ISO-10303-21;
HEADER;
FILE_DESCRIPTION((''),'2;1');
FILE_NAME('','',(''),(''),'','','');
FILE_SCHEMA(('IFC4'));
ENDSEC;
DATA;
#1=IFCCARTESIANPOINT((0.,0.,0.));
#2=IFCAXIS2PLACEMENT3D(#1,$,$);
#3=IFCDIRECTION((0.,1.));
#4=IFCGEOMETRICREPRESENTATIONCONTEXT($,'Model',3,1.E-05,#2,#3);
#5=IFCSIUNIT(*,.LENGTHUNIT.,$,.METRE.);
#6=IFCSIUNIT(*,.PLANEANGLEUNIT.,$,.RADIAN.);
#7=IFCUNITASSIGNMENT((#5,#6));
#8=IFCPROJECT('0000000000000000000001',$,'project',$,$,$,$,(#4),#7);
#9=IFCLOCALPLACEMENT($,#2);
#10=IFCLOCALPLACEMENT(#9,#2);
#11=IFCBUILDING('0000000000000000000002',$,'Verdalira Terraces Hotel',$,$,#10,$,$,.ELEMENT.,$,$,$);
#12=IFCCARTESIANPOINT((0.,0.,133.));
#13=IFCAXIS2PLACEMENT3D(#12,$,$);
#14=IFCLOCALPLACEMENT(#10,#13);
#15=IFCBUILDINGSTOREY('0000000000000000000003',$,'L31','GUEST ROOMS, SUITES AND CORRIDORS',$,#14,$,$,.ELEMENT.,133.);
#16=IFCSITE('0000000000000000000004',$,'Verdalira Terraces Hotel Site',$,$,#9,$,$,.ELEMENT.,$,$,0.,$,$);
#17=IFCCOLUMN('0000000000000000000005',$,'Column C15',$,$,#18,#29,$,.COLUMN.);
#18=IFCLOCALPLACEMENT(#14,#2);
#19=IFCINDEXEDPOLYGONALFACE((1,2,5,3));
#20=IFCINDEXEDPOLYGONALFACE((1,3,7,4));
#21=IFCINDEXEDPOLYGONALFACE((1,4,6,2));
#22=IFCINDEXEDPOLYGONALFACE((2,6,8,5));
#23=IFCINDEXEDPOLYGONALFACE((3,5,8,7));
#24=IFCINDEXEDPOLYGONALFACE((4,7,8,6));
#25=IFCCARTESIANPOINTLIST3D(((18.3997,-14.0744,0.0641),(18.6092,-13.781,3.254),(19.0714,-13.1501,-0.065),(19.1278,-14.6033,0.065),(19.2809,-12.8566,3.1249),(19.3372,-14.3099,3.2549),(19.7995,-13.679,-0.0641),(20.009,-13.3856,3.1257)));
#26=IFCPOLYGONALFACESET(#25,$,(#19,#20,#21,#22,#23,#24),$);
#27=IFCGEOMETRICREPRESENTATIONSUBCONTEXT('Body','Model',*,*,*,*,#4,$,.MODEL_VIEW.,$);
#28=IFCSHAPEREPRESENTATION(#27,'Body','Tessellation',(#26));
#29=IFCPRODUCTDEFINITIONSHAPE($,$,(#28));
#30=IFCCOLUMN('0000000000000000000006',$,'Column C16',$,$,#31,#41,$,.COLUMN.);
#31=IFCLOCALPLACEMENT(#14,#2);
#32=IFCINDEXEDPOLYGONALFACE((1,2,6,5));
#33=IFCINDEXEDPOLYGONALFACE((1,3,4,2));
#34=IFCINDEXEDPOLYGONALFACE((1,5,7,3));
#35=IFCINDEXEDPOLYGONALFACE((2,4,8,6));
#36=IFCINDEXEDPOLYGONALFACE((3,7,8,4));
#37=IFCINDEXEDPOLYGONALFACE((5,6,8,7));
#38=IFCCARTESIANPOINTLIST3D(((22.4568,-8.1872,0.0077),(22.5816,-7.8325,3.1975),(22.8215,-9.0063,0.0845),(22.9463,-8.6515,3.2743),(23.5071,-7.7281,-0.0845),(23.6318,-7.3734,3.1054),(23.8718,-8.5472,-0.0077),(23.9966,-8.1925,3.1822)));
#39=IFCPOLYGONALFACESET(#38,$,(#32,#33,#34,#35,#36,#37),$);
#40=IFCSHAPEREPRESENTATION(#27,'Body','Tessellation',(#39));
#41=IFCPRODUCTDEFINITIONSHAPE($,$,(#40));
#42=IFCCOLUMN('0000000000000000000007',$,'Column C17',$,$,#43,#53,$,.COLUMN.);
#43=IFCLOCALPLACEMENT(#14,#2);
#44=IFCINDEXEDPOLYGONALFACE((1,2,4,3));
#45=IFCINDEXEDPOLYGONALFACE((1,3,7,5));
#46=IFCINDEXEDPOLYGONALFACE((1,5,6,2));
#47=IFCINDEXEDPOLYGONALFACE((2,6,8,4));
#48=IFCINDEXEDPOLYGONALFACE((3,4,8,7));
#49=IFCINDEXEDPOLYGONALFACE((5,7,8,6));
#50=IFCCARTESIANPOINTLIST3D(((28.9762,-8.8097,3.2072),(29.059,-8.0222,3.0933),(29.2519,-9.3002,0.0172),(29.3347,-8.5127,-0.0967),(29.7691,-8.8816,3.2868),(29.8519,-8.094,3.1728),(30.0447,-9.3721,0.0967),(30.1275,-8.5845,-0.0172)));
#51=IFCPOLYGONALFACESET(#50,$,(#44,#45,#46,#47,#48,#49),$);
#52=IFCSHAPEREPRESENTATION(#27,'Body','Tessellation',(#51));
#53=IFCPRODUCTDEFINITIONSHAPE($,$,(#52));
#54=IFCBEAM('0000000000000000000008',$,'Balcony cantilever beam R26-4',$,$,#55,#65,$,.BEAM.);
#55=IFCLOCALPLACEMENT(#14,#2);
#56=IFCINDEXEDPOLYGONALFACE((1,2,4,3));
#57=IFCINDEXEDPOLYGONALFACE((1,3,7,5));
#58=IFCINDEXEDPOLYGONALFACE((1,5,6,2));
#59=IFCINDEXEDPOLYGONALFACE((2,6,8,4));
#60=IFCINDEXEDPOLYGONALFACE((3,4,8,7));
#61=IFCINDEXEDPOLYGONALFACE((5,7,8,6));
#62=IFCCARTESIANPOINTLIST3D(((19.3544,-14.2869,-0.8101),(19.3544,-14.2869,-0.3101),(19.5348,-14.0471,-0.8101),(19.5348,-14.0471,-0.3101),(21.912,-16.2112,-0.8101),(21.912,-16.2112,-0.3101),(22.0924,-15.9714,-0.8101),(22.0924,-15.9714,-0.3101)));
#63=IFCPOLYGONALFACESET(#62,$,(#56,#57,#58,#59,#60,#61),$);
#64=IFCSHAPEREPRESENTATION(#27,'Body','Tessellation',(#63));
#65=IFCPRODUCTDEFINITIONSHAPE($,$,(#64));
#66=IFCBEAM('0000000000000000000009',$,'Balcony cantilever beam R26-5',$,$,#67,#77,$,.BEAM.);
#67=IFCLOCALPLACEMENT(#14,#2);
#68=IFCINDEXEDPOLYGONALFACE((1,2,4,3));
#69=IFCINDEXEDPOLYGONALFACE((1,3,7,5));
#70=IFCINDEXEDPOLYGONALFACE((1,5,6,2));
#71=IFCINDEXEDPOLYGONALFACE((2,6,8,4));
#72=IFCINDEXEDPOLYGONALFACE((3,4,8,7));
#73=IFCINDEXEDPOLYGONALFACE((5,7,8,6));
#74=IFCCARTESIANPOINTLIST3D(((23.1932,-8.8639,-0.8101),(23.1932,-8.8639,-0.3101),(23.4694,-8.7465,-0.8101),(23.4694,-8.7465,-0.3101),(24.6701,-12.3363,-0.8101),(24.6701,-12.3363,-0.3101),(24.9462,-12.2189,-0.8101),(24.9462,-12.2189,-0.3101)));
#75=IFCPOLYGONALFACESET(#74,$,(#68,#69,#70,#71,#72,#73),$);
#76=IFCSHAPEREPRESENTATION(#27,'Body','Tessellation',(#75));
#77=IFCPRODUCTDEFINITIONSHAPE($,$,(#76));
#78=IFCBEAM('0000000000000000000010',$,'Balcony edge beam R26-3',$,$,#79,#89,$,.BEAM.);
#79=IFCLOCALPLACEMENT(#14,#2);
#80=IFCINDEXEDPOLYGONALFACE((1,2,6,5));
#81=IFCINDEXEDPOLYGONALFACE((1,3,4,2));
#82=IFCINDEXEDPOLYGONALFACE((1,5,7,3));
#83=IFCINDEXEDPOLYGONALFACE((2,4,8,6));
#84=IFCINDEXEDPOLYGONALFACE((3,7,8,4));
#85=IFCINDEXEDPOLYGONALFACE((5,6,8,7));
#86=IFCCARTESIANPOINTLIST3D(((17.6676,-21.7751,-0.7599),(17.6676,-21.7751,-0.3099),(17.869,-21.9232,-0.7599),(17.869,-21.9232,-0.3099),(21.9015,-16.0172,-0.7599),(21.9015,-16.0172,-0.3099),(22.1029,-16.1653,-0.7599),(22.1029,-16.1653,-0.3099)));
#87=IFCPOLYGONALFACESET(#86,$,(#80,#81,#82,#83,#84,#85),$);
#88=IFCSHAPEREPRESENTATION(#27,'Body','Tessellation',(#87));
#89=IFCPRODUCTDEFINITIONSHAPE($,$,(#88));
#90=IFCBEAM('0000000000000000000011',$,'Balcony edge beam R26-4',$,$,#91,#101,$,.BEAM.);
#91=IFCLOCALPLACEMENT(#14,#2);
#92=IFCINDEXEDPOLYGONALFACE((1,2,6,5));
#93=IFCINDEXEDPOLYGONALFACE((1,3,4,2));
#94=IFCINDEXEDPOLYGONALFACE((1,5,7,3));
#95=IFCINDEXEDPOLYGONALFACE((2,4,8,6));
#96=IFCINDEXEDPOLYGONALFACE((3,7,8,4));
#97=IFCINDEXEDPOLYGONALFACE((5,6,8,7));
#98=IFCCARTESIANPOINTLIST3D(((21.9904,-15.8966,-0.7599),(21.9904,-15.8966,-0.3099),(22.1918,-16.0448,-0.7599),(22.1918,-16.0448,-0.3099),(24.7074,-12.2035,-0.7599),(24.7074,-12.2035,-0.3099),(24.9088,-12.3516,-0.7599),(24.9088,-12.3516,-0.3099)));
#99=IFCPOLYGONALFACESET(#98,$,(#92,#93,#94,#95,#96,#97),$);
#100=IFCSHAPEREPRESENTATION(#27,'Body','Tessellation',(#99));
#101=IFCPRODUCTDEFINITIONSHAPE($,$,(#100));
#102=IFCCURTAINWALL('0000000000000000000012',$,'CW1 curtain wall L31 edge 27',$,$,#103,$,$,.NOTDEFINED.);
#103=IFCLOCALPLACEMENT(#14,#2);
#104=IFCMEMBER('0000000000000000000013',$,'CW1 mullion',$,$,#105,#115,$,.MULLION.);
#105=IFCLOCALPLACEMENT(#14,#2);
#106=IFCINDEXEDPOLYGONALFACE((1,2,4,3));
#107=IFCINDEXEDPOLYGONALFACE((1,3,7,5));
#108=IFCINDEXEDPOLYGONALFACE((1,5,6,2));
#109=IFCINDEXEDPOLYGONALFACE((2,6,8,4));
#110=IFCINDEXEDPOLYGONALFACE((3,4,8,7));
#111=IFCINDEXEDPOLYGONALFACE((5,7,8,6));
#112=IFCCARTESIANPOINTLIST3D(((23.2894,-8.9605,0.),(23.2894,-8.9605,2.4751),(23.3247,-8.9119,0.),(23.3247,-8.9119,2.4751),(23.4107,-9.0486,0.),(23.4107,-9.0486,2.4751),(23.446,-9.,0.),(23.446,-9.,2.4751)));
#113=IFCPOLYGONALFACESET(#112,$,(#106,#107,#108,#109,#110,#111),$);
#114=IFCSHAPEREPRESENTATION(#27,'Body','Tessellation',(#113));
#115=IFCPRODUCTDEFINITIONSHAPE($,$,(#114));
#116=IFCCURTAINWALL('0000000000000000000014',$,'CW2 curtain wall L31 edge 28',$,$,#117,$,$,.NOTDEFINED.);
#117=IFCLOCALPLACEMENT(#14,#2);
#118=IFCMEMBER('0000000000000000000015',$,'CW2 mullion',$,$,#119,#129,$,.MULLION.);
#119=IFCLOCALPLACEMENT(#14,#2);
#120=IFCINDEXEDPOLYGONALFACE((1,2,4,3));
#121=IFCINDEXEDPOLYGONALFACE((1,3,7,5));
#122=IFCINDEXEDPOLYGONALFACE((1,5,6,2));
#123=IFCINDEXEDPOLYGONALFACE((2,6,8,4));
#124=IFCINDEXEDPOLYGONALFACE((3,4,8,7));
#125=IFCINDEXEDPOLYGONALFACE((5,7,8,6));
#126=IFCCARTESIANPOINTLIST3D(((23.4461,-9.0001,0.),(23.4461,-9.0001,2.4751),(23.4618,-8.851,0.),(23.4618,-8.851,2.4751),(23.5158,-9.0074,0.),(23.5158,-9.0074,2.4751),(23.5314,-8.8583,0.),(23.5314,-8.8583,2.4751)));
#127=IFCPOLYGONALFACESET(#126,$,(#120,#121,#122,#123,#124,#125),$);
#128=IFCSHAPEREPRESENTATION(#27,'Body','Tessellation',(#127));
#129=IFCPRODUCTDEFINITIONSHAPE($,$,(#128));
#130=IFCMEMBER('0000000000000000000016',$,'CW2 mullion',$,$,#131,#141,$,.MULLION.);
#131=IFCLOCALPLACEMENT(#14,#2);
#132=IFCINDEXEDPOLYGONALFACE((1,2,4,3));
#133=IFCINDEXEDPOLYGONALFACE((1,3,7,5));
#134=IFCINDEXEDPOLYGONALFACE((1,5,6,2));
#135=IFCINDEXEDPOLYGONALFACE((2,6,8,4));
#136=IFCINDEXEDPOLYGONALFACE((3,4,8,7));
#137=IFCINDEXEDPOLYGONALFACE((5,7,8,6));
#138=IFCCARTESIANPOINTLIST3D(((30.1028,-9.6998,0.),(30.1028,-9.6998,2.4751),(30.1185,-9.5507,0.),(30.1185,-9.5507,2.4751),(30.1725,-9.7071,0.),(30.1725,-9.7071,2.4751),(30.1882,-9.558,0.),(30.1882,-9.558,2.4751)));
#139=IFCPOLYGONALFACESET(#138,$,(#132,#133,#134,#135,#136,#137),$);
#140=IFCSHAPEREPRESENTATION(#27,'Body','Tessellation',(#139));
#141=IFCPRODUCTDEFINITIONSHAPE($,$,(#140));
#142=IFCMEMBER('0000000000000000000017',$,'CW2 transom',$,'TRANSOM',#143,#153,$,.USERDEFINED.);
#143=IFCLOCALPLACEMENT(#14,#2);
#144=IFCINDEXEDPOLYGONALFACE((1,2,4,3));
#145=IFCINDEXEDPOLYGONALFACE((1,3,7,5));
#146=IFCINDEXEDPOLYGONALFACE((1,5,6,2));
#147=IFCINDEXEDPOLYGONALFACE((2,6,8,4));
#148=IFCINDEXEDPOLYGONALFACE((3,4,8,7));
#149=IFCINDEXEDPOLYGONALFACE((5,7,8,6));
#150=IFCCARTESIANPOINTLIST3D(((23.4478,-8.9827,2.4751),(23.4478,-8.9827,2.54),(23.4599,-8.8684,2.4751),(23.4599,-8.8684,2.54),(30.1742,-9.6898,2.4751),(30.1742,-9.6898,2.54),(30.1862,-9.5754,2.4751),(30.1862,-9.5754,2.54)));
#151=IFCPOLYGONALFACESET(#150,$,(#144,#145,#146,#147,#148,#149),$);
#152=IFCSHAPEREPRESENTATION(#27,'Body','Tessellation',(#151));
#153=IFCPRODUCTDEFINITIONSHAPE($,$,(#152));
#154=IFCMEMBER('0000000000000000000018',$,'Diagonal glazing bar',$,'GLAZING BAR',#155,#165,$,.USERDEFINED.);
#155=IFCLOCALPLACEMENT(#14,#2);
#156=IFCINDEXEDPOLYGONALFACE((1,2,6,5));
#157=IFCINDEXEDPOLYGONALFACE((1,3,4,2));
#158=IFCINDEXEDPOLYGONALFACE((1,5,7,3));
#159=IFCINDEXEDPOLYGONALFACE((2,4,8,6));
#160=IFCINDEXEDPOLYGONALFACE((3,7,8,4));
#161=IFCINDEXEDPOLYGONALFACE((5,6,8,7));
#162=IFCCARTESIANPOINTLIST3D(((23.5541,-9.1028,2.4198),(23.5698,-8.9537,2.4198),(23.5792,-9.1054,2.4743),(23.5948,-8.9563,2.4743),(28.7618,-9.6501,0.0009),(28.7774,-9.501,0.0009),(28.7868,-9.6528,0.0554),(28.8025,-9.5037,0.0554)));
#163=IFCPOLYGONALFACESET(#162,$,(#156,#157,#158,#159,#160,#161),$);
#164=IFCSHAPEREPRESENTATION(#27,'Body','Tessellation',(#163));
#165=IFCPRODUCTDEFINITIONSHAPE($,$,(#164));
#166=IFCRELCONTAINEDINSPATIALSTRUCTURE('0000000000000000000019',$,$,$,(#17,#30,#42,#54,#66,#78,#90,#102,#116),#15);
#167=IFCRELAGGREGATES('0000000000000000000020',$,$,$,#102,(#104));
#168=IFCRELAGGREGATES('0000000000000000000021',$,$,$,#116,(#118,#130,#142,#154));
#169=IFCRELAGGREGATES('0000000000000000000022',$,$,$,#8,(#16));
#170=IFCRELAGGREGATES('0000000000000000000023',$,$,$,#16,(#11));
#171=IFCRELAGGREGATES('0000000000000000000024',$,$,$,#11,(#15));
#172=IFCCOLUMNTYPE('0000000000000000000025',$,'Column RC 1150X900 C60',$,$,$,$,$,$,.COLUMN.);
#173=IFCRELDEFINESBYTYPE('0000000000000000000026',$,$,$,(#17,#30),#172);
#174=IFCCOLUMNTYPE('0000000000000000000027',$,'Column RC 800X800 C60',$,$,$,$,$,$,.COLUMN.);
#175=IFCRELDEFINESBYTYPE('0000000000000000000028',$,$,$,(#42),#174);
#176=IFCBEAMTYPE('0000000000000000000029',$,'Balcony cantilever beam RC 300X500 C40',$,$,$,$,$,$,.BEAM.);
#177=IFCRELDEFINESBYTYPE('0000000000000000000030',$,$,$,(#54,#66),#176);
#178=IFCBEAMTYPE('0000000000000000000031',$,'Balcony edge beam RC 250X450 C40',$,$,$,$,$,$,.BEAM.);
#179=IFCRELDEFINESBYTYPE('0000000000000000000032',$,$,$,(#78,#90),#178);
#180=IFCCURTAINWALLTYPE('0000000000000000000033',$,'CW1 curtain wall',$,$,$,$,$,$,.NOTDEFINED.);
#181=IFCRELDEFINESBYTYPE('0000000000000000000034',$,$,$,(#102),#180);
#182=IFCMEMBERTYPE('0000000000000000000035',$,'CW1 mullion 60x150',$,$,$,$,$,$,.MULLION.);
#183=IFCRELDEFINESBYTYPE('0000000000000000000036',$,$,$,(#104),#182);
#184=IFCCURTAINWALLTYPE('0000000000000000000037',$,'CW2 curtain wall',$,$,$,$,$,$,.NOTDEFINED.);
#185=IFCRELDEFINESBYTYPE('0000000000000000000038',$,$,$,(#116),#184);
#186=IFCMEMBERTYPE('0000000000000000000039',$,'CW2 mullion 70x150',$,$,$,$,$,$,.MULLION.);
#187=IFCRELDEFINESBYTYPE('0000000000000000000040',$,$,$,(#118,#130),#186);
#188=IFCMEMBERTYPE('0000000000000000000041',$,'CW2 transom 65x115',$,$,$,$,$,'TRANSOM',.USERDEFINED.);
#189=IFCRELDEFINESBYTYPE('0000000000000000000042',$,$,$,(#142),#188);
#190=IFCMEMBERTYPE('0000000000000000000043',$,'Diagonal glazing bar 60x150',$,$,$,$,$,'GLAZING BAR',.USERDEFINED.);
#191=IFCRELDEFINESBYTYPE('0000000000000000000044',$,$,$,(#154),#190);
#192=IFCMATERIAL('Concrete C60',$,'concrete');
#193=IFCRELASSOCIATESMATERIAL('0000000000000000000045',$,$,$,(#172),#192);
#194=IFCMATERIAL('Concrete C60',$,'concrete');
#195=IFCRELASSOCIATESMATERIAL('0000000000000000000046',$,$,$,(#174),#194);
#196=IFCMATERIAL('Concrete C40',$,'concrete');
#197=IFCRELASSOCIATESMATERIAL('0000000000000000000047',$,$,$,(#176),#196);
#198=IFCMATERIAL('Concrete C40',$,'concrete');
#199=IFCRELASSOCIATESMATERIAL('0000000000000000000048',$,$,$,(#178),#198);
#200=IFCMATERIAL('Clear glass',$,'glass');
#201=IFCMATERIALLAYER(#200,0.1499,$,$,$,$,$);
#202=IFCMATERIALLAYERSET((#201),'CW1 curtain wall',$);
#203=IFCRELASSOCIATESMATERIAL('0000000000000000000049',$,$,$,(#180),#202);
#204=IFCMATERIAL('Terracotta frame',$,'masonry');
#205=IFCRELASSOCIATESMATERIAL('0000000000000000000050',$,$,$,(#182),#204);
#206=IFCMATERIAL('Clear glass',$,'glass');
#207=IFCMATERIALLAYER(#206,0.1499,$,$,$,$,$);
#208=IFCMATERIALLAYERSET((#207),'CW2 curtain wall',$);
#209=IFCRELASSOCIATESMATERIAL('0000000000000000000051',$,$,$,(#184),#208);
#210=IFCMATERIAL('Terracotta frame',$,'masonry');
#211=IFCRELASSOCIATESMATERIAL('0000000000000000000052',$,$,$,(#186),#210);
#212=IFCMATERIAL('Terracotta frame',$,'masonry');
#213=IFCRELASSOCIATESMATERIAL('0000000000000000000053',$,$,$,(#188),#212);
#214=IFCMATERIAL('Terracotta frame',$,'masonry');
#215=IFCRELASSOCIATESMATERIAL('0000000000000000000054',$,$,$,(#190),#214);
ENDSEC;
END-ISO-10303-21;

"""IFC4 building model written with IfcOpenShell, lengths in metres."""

from ifc_helpers import new_model, si_unit, direction, frame, origin, origin_2d, place, context, subcontext, project, spatial, rectangle, extrude, material, layer, layer_set, material_profile, profile_set, type_object, element, aggregate, save


model = new_model("IFC4")

# Units and contexts
model_context = context("Model", 3, precision=1e-05, world=origin(), true_north=direction((0.0, 1.0)))
body_context = subcontext(model_context, "Body", "Model", "MODEL_VIEW")
ifc_project = project(units=[si_unit("LENGTHUNIT", "METRE"), si_unit("PLANEANGLEUNIT", "RADIAN")], contexts=[model_context])

# Site, building, storey
site_placement = place(None, origin())
site = spatial("IfcSite", under=ifc_project, at=site_placement, Name="Verdalira Terraces Hotel Site", CompositionType="ELEMENT", RefElevation=0.0)
building_placement = place(site_placement, origin())
building = spatial("IfcBuilding", under=site, at=building_placement, Name="Verdalira Terraces Hotel", CompositionType="ELEMENT")
storey_placement = place(building_placement, frame((0.0, 0.0, 133.0)))
storey = spatial("IfcBuildingStorey", under=building, at=storey_placement, Name="L31", Description="GUEST ROOMS, SUITES AND CORRIDORS", CompositionType="ELEMENT", Elevation=133.0)

# Columns
ifc_material_1 = material(Name="Concrete C60", Category="concrete")
ifc_material_profile_1 = material_profile(ifc_material_1, rectangle(XDim=1.1499, YDim=0.8999, at=origin_2d()), Name="RC 1150X900")
ifc_profile_set_1 = profile_set([ifc_material_profile_1], Name="Concrete C60")
column_type_1 = type_object("IfcColumnType", Name="Column RC 1150X900 C60", PredefinedType="COLUMN", material=ifc_profile_set_1)
column_1_placement = place(storey_placement, frame((19.0996, -13.8767, 0.0), z_axis=(0.065251, 0.091412, 0.993673), x_axis=(0.584148, 0.803839, -0.112308)))
element("IfcColumn", 1, at=column_1_placement, inside=storey, type_object=column_type_1, Name="Column C15", PredefinedType="COLUMN", context=body_context, shape_type="SweptSolid", body=[
    extrude(rectangle(XDim=1.1499, YDim=0.8999, at=origin_2d()), origin(), (0.0, 0.0, 1.0), 3.2102),
])
column_2_placement = place(storey_placement, frame((23.1643, -8.3672, 0.0), z_axis=(0.03884, 0.11044, 0.993124), x_axis=(-0.91335, -0.399215, 0.080115)))
element("IfcColumn", 2, at=column_2_placement, inside=storey, type_object=column_type_1, Name="Column C16", PredefinedType="COLUMN", context=body_context, shape_type="SweptSolid", body=[
    extrude(rectangle(XDim=1.1499, YDim=0.8999, at=origin_2d()), origin(), (0.0, 0.0, 1.0), 3.2119),
])
ifc_material_2 = material(Name="Concrete C60", Category="concrete")
ifc_material_profile_2 = material_profile(ifc_material_2, rectangle(XDim=0.8, YDim=0.8, at=origin_2d()), Name="RC 800X800")
ifc_profile_set_2 = profile_set([ifc_material_profile_2], Name="Concrete C60")
column_type_2 = type_object("IfcColumnType", Name="Column RC 800X800 C60", PredefinedType="COLUMN", material=ifc_profile_set_2)
column_3_placement = place(storey_placement, frame((29.6897, -8.9424, 0.0), z_axis=(-0.085094, 0.151421, 0.9848), x_axis=(0.990984, -0.089795, 0.099435)))
element("IfcColumn", 3, at=column_3_placement, inside=storey, type_object=column_type_2, Name="Column C17", PredefinedType="COLUMN", context=body_context, shape_type="SweptSolid", body=[
    extrude(rectangle(XDim=0.8, YDim=0.8, at=origin_2d()), origin(), (0.0, 0.0, 1.0), 3.2393),
])

# Beams
ifc_material_3 = material(Name="Concrete C40", Category="concrete")
ifc_material_profile_3 = material_profile(ifc_material_3, rectangle(XDim=0.3, YDim=0.5, at=origin_2d()), Name="RC 300X500")
ifc_profile_set_3 = profile_set([ifc_material_profile_3], Name="Concrete C40")
beam_type_1 = type_object("IfcBeamType", Name="Balcony cantilever beam RC 300X500 C40", PredefinedType="BEAM", material=ifc_profile_set_3)
beam_1_placement = place(storey_placement, frame((19.4446, -14.167, -0.5601), z_axis=(0.799084, -0.60122, 0.0), x_axis=(0.60122, 0.799084, 0.0)))
element("IfcBeam", 4, at=beam_1_placement, inside=storey, type_object=beam_type_1, Name="Balcony cantilever beam R26-4", PredefinedType="BEAM", context=body_context, shape_type="SweptSolid", body=[
    extrude(rectangle(XDim=0.3, YDim=0.5, at=origin_2d()), origin(), (0.0, 0.0, 1.0), 3.2007),
])
beam_2_placement = place(storey_placement, frame((23.3313, -8.8052, -0.5601), z_axis=(0.391372, -0.920232, 0.0), x_axis=(0.920232, 0.391372, 0.0)))
element("IfcBeam", 5, at=beam_2_placement, inside=storey, type_object=beam_type_1, Name="Balcony cantilever beam R26-5", PredefinedType="BEAM", context=body_context, shape_type="SweptSolid", body=[
    extrude(rectangle(XDim=0.3, YDim=0.5, at=origin_2d()), origin(), (0.0, 0.0, 1.0), 3.7734),
])
ifc_material_4 = material(Name="Concrete C40", Category="concrete")
ifc_material_profile_4 = material_profile(ifc_material_4, rectangle(XDim=0.25, YDim=0.45, at=origin_2d()), Name="RC 250X450")
ifc_profile_set_4 = profile_set([ifc_material_profile_4], Name="Concrete C40")
beam_type_2 = type_object("IfcBeamType", Name="Balcony edge beam RC 250X450 C40", PredefinedType="BEAM", material=ifc_profile_set_4)
beam_3_placement = place(storey_placement, frame((17.7683, -21.8491, -0.5349), z_axis=(0.592409, 0.805638, 0.0), x_axis=(-0.805638, 0.592409, 0.0)))
element("IfcBeam", 6, at=beam_3_placement, inside=storey, type_object=beam_type_2, Name="Balcony edge beam R26-3", PredefinedType="BEAM", context=body_context, shape_type="SweptSolid", body=[
    extrude(rectangle(XDim=0.25, YDim=0.45, at=origin_2d()), origin(), (0.0, 0.0, 1.0), 7.147),
])
beam_4_placement = place(storey_placement, frame((22.0911, -15.9707, -0.5349), z_axis=(0.592605, 0.805493, 0.0), x_axis=(-0.805493, 0.592605, 0.0)))
element("IfcBeam", 7, at=beam_4_placement, inside=storey, type_object=beam_type_2, Name="Balcony edge beam R26-4", PredefinedType="BEAM", context=body_context, shape_type="SweptSolid", body=[
    extrude(rectangle(XDim=0.25, YDim=0.45, at=origin_2d()), origin(), (0.0, 0.0, 1.0), 4.585),
])

# Curtain wall, member
ifc_material_5 = material(Name="Clear glass", Category="glass")
ifc_layer_1 = layer(ifc_material_5, 0.1499)
ifc_layer_set_1 = layer_set([ifc_layer_1], Name="CW1 curtain wall")
curtain_wall_type_1 = type_object("IfcCurtainWallType", Name="CW1 curtain wall", PredefinedType="NOTDEFINED", material=ifc_layer_set_1)
curtain_wall_1_placement = place(storey_placement, origin())
curtain_wall_1 = element("IfcCurtainWall", 8, at=curtain_wall_1_placement, inside=storey, type_object=curtain_wall_type_1, Name="CW1 curtain wall L31 edge 27", PredefinedType="NOTDEFINED")
ifc_material_6 = material(Name="Terracotta frame", Category="masonry")
ifc_material_profile_5 = material_profile(ifc_material_6, rectangle(XDim=0.0601, YDim=0.1499, at=origin_2d()), Name="MU 60x150")
ifc_profile_set_5 = profile_set([ifc_material_profile_5], Name="Terracotta frame")
member_type_1 = type_object("IfcMemberType", Name="CW1 mullion 60x150", PredefinedType="MULLION", material=ifc_profile_set_5)
member_1_placement = place(storey_placement, frame((23.3677, -8.9802, 0.0), z_axis=(0.0, 0.0, 1.0), x_axis=(0.587785, 0.809017, 0.0)))
member_1 = element("IfcMember", 9, at=member_1_placement, type_object=member_type_1, Name="CW1 mullion", PredefinedType="MULLION", context=body_context, shape_type="SweptSolid", body=[
    extrude(rectangle(XDim=0.0601, YDim=0.1499, at=origin_2d()), origin(), (0.0, 0.0, 1.0), 2.4751),
])

# Curtain wall, members
ifc_material_7 = material(Name="Clear glass", Category="glass")
ifc_layer_2 = layer(ifc_material_7, 0.1499)
ifc_layer_set_2 = layer_set([ifc_layer_2], Name="CW2 curtain wall")
curtain_wall_type_2 = type_object("IfcCurtainWallType", Name="CW2 curtain wall", PredefinedType="NOTDEFINED", material=ifc_layer_set_2)
curtain_wall_2_placement = place(storey_placement, origin())
curtain_wall_2 = element("IfcCurtainWall", 10, at=curtain_wall_2_placement, inside=storey, type_object=curtain_wall_type_2, Name="CW2 curtain wall L31 edge 28", PredefinedType="NOTDEFINED")
ifc_material_8 = material(Name="Terracotta frame", Category="masonry")
ifc_material_profile_6 = material_profile(ifc_material_8, rectangle(XDim=0.0701, YDim=0.1499, at=origin_2d()), Name="MU 70x150")
ifc_profile_set_6 = profile_set([ifc_material_profile_6], Name="Terracotta frame")
member_type_2 = type_object("IfcMemberType", Name="CW2 mullion 70x150", PredefinedType="MULLION", material=ifc_profile_set_6)
member_2_placement = place(storey_placement, frame((23.4888, -8.9292, 0.0), z_axis=(0.0, 0.0, 1.0), x_axis=(0.994522, -0.104528, 0.0)))
member_2 = element("IfcMember", 11, at=member_2_placement, type_object=member_type_2, Name="CW2 mullion", PredefinedType="MULLION", context=body_context, shape_type="SweptSolid", body=[
    extrude(rectangle(XDim=0.0701, YDim=0.1499, at=origin_2d()), origin(), (0.0, 0.0, 1.0), 2.4751),
])
member_3_placement = place(storey_placement, frame((30.1455, -9.6289, 0.0), z_axis=(0.0, 0.0, 1.0), x_axis=(0.994522, -0.104528, 0.0)))
member_3 = element("IfcMember", 12, at=member_3_placement, type_object=member_type_2, Name="CW2 mullion", PredefinedType="MULLION", context=body_context, shape_type="SweptSolid", body=[
    extrude(rectangle(XDim=0.0701, YDim=0.1499, at=origin_2d()), origin(), (0.0, 0.0, 1.0), 2.4751),
])
ifc_material_9 = material(Name="Terracotta frame", Category="masonry")
ifc_material_profile_7 = material_profile(ifc_material_9, rectangle(XDim=0.115, YDim=0.0649, at=origin_2d()), Name="TR 65x115")
ifc_profile_set_7 = profile_set([ifc_material_profile_7], Name="Terracotta frame")
member_type_3 = type_object("IfcMemberType", Name="CW2 transom 65x115", ElementType="TRANSOM", PredefinedType="USERDEFINED", material=ifc_profile_set_7)
member_4_placement = place(storey_placement, frame((23.4539, -8.9255, 2.5076), z_axis=(0.994521, -0.104538, 0.0), x_axis=(0.104538, 0.994521, 0.0)))
member_4 = element("IfcMember", 13, at=member_4_placement, type_object=member_type_3, Name="CW2 transom", ObjectType="TRANSOM", PredefinedType="USERDEFINED", context=body_context, shape_type="SweptSolid", body=[
    extrude(rectangle(XDim=0.115, YDim=0.0649, at=origin_2d()), origin(), (0.0, 0.0, 1.0), 6.7634),
])
ifc_material_10 = material(Name="Terracotta frame", Category="masonry")
ifc_material_profile_8 = material_profile(ifc_material_10, rectangle(XDim=0.1499, YDim=0.0601, at=origin_2d()), Name="GB 60x150")
ifc_profile_set_8 = profile_set([ifc_material_profile_8], Name="Terracotta frame")
member_type_4 = type_object("IfcMemberType", Name="Diagonal glazing bar 60x150", ElementType="GLAZING BAR", PredefinedType="USERDEFINED", material=ifc_profile_set_8)
member_5_placement = place(storey_placement, frame((23.5745, -9.0295, 2.447), z_axis=(0.902846, -0.094894, -0.419361), x_axis=(0.104529, 0.994522, 0.0)))
member_5 = element("IfcMember", 14, at=member_5_placement, type_object=member_type_4, Name="Diagonal glazing bar", ObjectType="GLAZING BAR", PredefinedType="USERDEFINED", context=body_context, shape_type="SweptSolid", body=[
    extrude(rectangle(XDim=0.1499, YDim=0.0601, at=origin_2d()), origin(), (0.0, 0.0, 1.0), 5.7681),
])

aggregate(curtain_wall_1, [member_1])
aggregate(curtain_wall_2, [member_2, member_3, member_4, member_5])

save(model, "model.ifc")
